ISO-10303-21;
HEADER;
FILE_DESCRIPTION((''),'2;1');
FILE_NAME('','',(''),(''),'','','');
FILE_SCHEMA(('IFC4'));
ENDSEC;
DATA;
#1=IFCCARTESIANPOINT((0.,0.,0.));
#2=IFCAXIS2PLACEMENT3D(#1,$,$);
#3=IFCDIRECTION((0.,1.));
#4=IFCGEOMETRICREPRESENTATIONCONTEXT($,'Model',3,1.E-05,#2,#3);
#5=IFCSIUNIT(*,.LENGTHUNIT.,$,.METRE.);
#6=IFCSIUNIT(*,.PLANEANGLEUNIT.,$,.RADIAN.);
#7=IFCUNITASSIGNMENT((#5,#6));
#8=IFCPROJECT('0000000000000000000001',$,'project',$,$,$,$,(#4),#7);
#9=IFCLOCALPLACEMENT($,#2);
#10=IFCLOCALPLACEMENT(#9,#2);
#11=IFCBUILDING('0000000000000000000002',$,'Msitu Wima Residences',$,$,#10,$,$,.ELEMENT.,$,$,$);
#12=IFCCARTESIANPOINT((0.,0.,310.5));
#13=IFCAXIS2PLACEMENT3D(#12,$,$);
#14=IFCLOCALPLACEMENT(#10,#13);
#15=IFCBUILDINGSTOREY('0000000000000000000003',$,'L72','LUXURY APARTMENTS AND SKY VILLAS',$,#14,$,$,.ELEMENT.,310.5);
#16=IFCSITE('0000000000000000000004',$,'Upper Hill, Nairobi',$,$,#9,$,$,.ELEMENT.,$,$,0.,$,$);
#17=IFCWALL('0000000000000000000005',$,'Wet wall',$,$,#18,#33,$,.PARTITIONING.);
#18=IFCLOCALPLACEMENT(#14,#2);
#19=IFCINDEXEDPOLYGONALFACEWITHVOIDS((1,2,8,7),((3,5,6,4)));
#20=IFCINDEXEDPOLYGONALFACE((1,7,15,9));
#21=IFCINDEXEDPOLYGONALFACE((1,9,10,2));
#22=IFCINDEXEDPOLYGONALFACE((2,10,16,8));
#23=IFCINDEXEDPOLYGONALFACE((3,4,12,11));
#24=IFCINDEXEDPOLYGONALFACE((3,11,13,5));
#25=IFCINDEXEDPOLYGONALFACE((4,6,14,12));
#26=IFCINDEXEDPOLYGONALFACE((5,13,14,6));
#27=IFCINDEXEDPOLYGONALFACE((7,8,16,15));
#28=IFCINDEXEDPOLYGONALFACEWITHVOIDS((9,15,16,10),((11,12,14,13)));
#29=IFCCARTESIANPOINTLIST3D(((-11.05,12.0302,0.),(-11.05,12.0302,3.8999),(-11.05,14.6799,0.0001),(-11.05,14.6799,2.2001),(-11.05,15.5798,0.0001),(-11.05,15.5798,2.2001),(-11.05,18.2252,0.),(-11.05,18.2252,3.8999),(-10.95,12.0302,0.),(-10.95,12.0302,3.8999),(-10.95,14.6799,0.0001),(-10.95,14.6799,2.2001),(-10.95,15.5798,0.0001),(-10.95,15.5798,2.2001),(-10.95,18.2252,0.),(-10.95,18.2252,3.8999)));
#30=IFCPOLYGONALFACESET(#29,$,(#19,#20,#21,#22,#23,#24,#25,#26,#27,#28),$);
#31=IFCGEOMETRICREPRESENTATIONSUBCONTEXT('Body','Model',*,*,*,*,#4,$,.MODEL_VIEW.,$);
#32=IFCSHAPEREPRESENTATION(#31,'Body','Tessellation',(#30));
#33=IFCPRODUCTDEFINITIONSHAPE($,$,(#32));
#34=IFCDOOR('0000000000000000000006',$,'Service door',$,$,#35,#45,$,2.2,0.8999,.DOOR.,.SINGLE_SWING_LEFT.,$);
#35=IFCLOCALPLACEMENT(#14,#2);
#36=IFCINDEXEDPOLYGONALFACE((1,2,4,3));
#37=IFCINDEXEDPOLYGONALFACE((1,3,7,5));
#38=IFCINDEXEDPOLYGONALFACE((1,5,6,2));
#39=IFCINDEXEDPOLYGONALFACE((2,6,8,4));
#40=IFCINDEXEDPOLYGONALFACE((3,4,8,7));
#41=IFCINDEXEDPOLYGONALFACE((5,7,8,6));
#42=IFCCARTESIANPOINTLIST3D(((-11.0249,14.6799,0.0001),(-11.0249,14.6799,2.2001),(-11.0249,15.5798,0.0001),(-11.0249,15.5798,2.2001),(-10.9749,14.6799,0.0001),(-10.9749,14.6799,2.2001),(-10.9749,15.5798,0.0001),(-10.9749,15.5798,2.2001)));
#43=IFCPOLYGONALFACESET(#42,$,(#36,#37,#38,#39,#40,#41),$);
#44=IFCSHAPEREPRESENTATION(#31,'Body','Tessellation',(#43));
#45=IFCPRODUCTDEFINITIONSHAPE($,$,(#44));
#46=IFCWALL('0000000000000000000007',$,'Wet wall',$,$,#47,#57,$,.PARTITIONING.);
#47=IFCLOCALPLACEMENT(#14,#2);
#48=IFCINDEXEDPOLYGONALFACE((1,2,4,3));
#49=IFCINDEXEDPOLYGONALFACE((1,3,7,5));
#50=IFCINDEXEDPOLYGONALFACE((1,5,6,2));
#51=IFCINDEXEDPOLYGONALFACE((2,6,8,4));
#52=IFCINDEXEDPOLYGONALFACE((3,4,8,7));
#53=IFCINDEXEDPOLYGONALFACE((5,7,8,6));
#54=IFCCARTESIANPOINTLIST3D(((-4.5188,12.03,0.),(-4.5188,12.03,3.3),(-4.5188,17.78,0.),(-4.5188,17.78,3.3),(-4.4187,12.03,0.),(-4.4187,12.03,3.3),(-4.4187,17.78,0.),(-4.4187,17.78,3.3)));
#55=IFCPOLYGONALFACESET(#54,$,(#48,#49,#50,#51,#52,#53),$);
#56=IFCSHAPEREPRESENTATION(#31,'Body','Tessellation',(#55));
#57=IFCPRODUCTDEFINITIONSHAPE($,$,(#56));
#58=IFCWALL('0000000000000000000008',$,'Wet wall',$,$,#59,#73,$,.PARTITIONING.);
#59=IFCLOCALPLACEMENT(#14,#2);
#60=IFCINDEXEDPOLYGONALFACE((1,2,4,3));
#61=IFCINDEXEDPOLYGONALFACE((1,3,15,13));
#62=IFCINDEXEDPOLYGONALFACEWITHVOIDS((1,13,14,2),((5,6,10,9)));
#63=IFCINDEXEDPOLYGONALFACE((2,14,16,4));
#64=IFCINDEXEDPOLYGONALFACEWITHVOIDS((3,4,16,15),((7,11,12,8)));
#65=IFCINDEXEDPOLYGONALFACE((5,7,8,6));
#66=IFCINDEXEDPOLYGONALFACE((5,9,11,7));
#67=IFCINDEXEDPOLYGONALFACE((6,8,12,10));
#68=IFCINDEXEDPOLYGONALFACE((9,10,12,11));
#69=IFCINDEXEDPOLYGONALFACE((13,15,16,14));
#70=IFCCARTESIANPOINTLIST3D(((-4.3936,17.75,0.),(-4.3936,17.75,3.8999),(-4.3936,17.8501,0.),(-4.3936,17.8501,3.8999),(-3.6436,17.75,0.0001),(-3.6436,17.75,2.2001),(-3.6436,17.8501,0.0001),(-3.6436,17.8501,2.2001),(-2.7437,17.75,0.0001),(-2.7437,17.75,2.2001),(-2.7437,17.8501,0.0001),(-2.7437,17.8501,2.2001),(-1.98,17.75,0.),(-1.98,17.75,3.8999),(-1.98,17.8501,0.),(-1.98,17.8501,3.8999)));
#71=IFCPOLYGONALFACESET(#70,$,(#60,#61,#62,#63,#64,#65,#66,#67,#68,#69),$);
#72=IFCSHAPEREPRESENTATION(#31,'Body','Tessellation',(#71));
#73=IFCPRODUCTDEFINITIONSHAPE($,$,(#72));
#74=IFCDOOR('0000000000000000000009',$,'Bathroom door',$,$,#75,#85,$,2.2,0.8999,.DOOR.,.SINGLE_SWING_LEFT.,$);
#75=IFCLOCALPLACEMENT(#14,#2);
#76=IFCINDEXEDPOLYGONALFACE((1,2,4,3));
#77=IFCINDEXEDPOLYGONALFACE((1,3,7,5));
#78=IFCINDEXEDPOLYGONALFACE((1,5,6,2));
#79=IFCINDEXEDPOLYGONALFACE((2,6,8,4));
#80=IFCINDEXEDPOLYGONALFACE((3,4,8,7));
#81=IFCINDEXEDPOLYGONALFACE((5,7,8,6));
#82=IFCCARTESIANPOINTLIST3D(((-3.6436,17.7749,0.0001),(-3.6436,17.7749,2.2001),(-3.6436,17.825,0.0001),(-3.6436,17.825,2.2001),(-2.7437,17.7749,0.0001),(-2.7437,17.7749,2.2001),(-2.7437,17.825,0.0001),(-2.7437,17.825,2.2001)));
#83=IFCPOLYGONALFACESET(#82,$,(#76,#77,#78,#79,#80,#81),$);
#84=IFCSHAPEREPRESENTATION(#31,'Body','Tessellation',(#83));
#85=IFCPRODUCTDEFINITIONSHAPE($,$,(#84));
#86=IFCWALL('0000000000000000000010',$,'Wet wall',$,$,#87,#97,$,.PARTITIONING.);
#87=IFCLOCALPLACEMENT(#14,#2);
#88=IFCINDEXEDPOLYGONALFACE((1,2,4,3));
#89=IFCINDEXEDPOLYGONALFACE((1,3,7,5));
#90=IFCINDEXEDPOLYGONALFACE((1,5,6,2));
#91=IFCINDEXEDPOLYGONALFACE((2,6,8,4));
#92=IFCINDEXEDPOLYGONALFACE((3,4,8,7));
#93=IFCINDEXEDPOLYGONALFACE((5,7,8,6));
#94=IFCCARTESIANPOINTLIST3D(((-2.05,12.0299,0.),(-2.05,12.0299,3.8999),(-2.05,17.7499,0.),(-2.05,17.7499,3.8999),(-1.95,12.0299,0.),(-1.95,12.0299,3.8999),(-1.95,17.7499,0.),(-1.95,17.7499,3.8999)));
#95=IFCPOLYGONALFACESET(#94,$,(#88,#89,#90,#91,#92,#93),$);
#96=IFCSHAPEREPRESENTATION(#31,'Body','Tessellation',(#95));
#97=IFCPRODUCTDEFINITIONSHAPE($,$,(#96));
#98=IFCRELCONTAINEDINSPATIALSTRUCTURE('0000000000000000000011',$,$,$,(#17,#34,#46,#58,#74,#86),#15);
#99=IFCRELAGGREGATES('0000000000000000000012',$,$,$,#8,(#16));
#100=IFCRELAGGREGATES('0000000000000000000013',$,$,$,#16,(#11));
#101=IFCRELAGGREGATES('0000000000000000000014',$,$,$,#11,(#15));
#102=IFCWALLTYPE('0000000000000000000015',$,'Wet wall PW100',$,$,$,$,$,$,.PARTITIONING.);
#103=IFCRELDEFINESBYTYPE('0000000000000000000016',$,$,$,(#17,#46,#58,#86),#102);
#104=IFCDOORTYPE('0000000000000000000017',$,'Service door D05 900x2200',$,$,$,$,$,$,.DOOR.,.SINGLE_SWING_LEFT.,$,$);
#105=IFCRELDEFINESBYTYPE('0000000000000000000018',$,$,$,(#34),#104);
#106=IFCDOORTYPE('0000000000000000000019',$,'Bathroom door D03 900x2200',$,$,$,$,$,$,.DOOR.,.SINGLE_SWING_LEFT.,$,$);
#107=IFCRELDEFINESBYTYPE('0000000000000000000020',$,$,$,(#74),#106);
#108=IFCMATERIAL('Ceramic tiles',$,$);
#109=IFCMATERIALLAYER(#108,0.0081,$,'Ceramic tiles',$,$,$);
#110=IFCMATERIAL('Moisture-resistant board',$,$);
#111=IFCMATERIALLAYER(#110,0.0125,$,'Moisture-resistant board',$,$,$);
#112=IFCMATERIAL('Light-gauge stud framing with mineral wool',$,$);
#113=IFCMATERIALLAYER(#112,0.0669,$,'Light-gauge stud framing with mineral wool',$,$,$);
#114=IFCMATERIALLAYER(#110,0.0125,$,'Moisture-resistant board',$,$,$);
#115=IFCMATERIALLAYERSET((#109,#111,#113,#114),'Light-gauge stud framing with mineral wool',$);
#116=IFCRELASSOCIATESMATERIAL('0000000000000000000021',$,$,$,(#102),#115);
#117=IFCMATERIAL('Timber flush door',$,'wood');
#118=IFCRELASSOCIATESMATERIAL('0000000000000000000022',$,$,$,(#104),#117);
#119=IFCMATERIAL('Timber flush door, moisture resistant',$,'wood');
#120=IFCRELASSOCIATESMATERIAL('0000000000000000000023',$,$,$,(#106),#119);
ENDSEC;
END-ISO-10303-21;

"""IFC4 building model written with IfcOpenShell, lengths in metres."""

from ifc_helpers import new_model, si_unit, direction, frame, frame_2d, origin, place, context, subcontext, project, spatial, rectangle, extrude, material, layer, layer_set, type_object, element, fill, save


model = new_model("IFC4")

# Units and contexts
model_context = context("Model", 3, precision=1e-05, world=origin(), true_north=direction((0.0, 1.0)))
body_context = subcontext(model_context, "Body", "Model", "MODEL_VIEW")
ifc_project = project(units=[si_unit("LENGTHUNIT", "METRE"), si_unit("PLANEANGLEUNIT", "RADIAN")], contexts=[model_context])

# Site, building, storey
site_placement = place(None, origin())
site = spatial("IfcSite", under=ifc_project, at=site_placement, Name="Upper Hill, Nairobi", CompositionType="ELEMENT", RefElevation=0.0)
building_placement = place(site_placement, origin())
building = spatial("IfcBuilding", under=site, at=building_placement, Name="Msitu Wima Residences", CompositionType="ELEMENT")
storey_placement = place(building_placement, frame((0.0, 0.0, 310.5)))
storey = spatial("IfcBuildingStorey", under=building, at=storey_placement, Name="L72", Description="LUXURY APARTMENTS AND SKY VILLAS", CompositionType="ELEMENT", Elevation=310.5)

# Wall, opening, door
ifc_material_1 = material(Name="Timber flush door", Category="wood")
ifc_material_2 = material(Name="Ceramic tiles")
ifc_layer_1 = layer(ifc_material_2, 0.0081, Name="Ceramic tiles")
ifc_material_3 = material(Name="Moisture-resistant board")
ifc_layer_2 = layer(ifc_material_3, 0.0125, Name="Moisture-resistant board")
ifc_material_4 = material(Name="Light-gauge stud framing with mineral wool")
ifc_layer_3 = layer(ifc_material_4, 0.0669, Name="Light-gauge stud framing with mineral wool")
ifc_layer_4 = layer(ifc_material_3, 0.0125, Name="Moisture-resistant board")
ifc_layer_set_1 = layer_set([ifc_layer_1, ifc_layer_2, ifc_layer_3, ifc_layer_4], Name="Light-gauge stud framing with mineral wool")
wall_type_1 = type_object("IfcWallType", Name="Wet wall PW100", PredefinedType="PARTITIONING", material=ifc_layer_set_1)
wall_1_placement = place(storey_placement, frame((-11.0, 12.03, 0.0), z_axis=(0.0, 0.0, 1.0), x_axis=(0.0, 1.0, 0.0)))
wall_1 = element("IfcWall", 1, at=wall_1_placement, inside=storey, type_object=wall_type_1, Name="Wet wall", PredefinedType="PARTITIONING", context=body_context, shape_type="SweptSolid", body=[
    extrude(rectangle(XDim=6.1951, YDim=0.1001, at=frame_2d((3.0977, 0.0))), origin(), (0.0, 0.0, 1.0), 3.8999),
])
opening_1_placement = place(wall_1_placement, frame((2.6499, 0.0, 0.0)))
opening_1 = element("IfcOpeningElement", 2, at=opening_1_placement, cuts=wall_1, PredefinedType="OPENING", context=body_context, shape_type="SweptSolid", body=[
    extrude(rectangle(XDim=0.8999, YDim=2.2, at=frame_2d((0.45, 1.1001))), frame((0.0, 0.0601, 0.0), z_axis=(0.0, -1.0, 0.0), x_axis=(1.0, 0.0, 0.0)), (0.0, 0.0, 1.0), 0.1201),
])
door_type_1 = type_object("IfcDoorType", Name="Service door D05 900x2200", OperationType="SINGLE_SWING_LEFT", PredefinedType="DOOR", material=ifc_material_1)
door_1_placement = place(opening_1_placement, origin())
door_1 = element("IfcDoor", 3, at=door_1_placement, inside=storey, type_object=door_type_1, Name="Service door", OperationType="SINGLE_SWING_LEFT", OverallHeight=2.2, OverallWidth=0.8999, PredefinedType="DOOR", context=body_context, shape_type="SweptSolid", body=[
    extrude(rectangle(XDim=0.8999, YDim=2.2, at=frame_2d((0.45, 1.1001))), frame((0.0, 0.0249, 0.0), z_axis=(0.0, -1.0, 0.0), x_axis=(1.0, 0.0, 0.0)), (0.0, 0.0, 1.0), 0.05),
])
fill(opening_1, door_1)

# Wall
wall_2_placement = place(storey_placement, frame((-4.4688, 12.03, 0.0), z_axis=(0.0, 0.0, 1.0), x_axis=(0.0, 1.0, 0.0)))
element("IfcWall", 4, at=wall_2_placement, inside=storey, type_object=wall_type_1, Name="Wet wall", PredefinedType="PARTITIONING", context=body_context, shape_type="SweptSolid", body=[
    extrude(rectangle(XDim=5.75, YDim=0.1001, at=frame_2d((2.875, 0.0))), origin(), (0.0, 0.0, 1.0), 3.3),
])

# Wall, opening, door
wall_3_placement = place(storey_placement, frame((-4.3936, 17.8, 0.0), z_axis=(0.0, 0.0, 1.0), x_axis=(1.0, 0.0, 0.0)))
wall_3 = element("IfcWall", 5, at=wall_3_placement, inside=storey, type_object=wall_type_1, Name="Wet wall", PredefinedType="PARTITIONING", context=body_context, shape_type="SweptSolid", body=[
    extrude(rectangle(XDim=2.4136, YDim=0.1001, at=frame_2d((1.2068, 0.0))), origin(), (0.0, 0.0, 1.0), 3.8999),
])
opening_2_placement = place(wall_3_placement, frame((0.75, 0.0, 0.0)))
opening_2 = element("IfcOpeningElement", 6, at=opening_2_placement, cuts=wall_3, PredefinedType="OPENING", context=body_context, shape_type="SweptSolid", body=[
    extrude(rectangle(XDim=0.8999, YDim=2.2, at=frame_2d((0.45, 1.1001))), frame((0.0, 0.0601, 0.0), z_axis=(0.0, -1.0, 0.0), x_axis=(1.0, 0.0, 0.0)), (0.0, 0.0, 1.0), 0.1201),
])
ifc_material_5 = material(Name="Timber flush door, moisture resistant", Category="wood")
door_type_2 = type_object("IfcDoorType", Name="Bathroom door D03 900x2200", OperationType="SINGLE_SWING_LEFT", PredefinedType="DOOR", material=ifc_material_5)
door_2_placement = place(opening_2_placement, origin())
door_2 = element("IfcDoor", 7, at=door_2_placement, inside=storey, type_object=door_type_2, Name="Bathroom door", OperationType="SINGLE_SWING_LEFT", OverallHeight=2.2, OverallWidth=0.8999, PredefinedType="DOOR", context=body_context, shape_type="SweptSolid", body=[
    extrude(rectangle(XDim=0.8999, YDim=2.2, at=frame_2d((0.45, 1.1001))), frame((0.0, 0.0249, 0.0), z_axis=(0.0, -1.0, 0.0), x_axis=(1.0, 0.0, 0.0)), (0.0, 0.0, 1.0), 0.05),
])
fill(opening_2, door_2)

# Wall
wall_4_placement = place(storey_placement, frame((-2.0, 12.03, 0.0), z_axis=(0.0, 0.0, 1.0), x_axis=(0.0, 1.0, 0.0)))
element("IfcWall", 8, at=wall_4_placement, inside=storey, type_object=wall_type_1, Name="Wet wall", PredefinedType="PARTITIONING", context=body_context, shape_type="SweptSolid", body=[
    extrude(rectangle(XDim=5.72, YDim=0.1001, at=frame_2d((2.8599, 0.0))), origin(), (0.0, 0.0, 1.0), 3.8999),
])

save(model, "model.ifc")
